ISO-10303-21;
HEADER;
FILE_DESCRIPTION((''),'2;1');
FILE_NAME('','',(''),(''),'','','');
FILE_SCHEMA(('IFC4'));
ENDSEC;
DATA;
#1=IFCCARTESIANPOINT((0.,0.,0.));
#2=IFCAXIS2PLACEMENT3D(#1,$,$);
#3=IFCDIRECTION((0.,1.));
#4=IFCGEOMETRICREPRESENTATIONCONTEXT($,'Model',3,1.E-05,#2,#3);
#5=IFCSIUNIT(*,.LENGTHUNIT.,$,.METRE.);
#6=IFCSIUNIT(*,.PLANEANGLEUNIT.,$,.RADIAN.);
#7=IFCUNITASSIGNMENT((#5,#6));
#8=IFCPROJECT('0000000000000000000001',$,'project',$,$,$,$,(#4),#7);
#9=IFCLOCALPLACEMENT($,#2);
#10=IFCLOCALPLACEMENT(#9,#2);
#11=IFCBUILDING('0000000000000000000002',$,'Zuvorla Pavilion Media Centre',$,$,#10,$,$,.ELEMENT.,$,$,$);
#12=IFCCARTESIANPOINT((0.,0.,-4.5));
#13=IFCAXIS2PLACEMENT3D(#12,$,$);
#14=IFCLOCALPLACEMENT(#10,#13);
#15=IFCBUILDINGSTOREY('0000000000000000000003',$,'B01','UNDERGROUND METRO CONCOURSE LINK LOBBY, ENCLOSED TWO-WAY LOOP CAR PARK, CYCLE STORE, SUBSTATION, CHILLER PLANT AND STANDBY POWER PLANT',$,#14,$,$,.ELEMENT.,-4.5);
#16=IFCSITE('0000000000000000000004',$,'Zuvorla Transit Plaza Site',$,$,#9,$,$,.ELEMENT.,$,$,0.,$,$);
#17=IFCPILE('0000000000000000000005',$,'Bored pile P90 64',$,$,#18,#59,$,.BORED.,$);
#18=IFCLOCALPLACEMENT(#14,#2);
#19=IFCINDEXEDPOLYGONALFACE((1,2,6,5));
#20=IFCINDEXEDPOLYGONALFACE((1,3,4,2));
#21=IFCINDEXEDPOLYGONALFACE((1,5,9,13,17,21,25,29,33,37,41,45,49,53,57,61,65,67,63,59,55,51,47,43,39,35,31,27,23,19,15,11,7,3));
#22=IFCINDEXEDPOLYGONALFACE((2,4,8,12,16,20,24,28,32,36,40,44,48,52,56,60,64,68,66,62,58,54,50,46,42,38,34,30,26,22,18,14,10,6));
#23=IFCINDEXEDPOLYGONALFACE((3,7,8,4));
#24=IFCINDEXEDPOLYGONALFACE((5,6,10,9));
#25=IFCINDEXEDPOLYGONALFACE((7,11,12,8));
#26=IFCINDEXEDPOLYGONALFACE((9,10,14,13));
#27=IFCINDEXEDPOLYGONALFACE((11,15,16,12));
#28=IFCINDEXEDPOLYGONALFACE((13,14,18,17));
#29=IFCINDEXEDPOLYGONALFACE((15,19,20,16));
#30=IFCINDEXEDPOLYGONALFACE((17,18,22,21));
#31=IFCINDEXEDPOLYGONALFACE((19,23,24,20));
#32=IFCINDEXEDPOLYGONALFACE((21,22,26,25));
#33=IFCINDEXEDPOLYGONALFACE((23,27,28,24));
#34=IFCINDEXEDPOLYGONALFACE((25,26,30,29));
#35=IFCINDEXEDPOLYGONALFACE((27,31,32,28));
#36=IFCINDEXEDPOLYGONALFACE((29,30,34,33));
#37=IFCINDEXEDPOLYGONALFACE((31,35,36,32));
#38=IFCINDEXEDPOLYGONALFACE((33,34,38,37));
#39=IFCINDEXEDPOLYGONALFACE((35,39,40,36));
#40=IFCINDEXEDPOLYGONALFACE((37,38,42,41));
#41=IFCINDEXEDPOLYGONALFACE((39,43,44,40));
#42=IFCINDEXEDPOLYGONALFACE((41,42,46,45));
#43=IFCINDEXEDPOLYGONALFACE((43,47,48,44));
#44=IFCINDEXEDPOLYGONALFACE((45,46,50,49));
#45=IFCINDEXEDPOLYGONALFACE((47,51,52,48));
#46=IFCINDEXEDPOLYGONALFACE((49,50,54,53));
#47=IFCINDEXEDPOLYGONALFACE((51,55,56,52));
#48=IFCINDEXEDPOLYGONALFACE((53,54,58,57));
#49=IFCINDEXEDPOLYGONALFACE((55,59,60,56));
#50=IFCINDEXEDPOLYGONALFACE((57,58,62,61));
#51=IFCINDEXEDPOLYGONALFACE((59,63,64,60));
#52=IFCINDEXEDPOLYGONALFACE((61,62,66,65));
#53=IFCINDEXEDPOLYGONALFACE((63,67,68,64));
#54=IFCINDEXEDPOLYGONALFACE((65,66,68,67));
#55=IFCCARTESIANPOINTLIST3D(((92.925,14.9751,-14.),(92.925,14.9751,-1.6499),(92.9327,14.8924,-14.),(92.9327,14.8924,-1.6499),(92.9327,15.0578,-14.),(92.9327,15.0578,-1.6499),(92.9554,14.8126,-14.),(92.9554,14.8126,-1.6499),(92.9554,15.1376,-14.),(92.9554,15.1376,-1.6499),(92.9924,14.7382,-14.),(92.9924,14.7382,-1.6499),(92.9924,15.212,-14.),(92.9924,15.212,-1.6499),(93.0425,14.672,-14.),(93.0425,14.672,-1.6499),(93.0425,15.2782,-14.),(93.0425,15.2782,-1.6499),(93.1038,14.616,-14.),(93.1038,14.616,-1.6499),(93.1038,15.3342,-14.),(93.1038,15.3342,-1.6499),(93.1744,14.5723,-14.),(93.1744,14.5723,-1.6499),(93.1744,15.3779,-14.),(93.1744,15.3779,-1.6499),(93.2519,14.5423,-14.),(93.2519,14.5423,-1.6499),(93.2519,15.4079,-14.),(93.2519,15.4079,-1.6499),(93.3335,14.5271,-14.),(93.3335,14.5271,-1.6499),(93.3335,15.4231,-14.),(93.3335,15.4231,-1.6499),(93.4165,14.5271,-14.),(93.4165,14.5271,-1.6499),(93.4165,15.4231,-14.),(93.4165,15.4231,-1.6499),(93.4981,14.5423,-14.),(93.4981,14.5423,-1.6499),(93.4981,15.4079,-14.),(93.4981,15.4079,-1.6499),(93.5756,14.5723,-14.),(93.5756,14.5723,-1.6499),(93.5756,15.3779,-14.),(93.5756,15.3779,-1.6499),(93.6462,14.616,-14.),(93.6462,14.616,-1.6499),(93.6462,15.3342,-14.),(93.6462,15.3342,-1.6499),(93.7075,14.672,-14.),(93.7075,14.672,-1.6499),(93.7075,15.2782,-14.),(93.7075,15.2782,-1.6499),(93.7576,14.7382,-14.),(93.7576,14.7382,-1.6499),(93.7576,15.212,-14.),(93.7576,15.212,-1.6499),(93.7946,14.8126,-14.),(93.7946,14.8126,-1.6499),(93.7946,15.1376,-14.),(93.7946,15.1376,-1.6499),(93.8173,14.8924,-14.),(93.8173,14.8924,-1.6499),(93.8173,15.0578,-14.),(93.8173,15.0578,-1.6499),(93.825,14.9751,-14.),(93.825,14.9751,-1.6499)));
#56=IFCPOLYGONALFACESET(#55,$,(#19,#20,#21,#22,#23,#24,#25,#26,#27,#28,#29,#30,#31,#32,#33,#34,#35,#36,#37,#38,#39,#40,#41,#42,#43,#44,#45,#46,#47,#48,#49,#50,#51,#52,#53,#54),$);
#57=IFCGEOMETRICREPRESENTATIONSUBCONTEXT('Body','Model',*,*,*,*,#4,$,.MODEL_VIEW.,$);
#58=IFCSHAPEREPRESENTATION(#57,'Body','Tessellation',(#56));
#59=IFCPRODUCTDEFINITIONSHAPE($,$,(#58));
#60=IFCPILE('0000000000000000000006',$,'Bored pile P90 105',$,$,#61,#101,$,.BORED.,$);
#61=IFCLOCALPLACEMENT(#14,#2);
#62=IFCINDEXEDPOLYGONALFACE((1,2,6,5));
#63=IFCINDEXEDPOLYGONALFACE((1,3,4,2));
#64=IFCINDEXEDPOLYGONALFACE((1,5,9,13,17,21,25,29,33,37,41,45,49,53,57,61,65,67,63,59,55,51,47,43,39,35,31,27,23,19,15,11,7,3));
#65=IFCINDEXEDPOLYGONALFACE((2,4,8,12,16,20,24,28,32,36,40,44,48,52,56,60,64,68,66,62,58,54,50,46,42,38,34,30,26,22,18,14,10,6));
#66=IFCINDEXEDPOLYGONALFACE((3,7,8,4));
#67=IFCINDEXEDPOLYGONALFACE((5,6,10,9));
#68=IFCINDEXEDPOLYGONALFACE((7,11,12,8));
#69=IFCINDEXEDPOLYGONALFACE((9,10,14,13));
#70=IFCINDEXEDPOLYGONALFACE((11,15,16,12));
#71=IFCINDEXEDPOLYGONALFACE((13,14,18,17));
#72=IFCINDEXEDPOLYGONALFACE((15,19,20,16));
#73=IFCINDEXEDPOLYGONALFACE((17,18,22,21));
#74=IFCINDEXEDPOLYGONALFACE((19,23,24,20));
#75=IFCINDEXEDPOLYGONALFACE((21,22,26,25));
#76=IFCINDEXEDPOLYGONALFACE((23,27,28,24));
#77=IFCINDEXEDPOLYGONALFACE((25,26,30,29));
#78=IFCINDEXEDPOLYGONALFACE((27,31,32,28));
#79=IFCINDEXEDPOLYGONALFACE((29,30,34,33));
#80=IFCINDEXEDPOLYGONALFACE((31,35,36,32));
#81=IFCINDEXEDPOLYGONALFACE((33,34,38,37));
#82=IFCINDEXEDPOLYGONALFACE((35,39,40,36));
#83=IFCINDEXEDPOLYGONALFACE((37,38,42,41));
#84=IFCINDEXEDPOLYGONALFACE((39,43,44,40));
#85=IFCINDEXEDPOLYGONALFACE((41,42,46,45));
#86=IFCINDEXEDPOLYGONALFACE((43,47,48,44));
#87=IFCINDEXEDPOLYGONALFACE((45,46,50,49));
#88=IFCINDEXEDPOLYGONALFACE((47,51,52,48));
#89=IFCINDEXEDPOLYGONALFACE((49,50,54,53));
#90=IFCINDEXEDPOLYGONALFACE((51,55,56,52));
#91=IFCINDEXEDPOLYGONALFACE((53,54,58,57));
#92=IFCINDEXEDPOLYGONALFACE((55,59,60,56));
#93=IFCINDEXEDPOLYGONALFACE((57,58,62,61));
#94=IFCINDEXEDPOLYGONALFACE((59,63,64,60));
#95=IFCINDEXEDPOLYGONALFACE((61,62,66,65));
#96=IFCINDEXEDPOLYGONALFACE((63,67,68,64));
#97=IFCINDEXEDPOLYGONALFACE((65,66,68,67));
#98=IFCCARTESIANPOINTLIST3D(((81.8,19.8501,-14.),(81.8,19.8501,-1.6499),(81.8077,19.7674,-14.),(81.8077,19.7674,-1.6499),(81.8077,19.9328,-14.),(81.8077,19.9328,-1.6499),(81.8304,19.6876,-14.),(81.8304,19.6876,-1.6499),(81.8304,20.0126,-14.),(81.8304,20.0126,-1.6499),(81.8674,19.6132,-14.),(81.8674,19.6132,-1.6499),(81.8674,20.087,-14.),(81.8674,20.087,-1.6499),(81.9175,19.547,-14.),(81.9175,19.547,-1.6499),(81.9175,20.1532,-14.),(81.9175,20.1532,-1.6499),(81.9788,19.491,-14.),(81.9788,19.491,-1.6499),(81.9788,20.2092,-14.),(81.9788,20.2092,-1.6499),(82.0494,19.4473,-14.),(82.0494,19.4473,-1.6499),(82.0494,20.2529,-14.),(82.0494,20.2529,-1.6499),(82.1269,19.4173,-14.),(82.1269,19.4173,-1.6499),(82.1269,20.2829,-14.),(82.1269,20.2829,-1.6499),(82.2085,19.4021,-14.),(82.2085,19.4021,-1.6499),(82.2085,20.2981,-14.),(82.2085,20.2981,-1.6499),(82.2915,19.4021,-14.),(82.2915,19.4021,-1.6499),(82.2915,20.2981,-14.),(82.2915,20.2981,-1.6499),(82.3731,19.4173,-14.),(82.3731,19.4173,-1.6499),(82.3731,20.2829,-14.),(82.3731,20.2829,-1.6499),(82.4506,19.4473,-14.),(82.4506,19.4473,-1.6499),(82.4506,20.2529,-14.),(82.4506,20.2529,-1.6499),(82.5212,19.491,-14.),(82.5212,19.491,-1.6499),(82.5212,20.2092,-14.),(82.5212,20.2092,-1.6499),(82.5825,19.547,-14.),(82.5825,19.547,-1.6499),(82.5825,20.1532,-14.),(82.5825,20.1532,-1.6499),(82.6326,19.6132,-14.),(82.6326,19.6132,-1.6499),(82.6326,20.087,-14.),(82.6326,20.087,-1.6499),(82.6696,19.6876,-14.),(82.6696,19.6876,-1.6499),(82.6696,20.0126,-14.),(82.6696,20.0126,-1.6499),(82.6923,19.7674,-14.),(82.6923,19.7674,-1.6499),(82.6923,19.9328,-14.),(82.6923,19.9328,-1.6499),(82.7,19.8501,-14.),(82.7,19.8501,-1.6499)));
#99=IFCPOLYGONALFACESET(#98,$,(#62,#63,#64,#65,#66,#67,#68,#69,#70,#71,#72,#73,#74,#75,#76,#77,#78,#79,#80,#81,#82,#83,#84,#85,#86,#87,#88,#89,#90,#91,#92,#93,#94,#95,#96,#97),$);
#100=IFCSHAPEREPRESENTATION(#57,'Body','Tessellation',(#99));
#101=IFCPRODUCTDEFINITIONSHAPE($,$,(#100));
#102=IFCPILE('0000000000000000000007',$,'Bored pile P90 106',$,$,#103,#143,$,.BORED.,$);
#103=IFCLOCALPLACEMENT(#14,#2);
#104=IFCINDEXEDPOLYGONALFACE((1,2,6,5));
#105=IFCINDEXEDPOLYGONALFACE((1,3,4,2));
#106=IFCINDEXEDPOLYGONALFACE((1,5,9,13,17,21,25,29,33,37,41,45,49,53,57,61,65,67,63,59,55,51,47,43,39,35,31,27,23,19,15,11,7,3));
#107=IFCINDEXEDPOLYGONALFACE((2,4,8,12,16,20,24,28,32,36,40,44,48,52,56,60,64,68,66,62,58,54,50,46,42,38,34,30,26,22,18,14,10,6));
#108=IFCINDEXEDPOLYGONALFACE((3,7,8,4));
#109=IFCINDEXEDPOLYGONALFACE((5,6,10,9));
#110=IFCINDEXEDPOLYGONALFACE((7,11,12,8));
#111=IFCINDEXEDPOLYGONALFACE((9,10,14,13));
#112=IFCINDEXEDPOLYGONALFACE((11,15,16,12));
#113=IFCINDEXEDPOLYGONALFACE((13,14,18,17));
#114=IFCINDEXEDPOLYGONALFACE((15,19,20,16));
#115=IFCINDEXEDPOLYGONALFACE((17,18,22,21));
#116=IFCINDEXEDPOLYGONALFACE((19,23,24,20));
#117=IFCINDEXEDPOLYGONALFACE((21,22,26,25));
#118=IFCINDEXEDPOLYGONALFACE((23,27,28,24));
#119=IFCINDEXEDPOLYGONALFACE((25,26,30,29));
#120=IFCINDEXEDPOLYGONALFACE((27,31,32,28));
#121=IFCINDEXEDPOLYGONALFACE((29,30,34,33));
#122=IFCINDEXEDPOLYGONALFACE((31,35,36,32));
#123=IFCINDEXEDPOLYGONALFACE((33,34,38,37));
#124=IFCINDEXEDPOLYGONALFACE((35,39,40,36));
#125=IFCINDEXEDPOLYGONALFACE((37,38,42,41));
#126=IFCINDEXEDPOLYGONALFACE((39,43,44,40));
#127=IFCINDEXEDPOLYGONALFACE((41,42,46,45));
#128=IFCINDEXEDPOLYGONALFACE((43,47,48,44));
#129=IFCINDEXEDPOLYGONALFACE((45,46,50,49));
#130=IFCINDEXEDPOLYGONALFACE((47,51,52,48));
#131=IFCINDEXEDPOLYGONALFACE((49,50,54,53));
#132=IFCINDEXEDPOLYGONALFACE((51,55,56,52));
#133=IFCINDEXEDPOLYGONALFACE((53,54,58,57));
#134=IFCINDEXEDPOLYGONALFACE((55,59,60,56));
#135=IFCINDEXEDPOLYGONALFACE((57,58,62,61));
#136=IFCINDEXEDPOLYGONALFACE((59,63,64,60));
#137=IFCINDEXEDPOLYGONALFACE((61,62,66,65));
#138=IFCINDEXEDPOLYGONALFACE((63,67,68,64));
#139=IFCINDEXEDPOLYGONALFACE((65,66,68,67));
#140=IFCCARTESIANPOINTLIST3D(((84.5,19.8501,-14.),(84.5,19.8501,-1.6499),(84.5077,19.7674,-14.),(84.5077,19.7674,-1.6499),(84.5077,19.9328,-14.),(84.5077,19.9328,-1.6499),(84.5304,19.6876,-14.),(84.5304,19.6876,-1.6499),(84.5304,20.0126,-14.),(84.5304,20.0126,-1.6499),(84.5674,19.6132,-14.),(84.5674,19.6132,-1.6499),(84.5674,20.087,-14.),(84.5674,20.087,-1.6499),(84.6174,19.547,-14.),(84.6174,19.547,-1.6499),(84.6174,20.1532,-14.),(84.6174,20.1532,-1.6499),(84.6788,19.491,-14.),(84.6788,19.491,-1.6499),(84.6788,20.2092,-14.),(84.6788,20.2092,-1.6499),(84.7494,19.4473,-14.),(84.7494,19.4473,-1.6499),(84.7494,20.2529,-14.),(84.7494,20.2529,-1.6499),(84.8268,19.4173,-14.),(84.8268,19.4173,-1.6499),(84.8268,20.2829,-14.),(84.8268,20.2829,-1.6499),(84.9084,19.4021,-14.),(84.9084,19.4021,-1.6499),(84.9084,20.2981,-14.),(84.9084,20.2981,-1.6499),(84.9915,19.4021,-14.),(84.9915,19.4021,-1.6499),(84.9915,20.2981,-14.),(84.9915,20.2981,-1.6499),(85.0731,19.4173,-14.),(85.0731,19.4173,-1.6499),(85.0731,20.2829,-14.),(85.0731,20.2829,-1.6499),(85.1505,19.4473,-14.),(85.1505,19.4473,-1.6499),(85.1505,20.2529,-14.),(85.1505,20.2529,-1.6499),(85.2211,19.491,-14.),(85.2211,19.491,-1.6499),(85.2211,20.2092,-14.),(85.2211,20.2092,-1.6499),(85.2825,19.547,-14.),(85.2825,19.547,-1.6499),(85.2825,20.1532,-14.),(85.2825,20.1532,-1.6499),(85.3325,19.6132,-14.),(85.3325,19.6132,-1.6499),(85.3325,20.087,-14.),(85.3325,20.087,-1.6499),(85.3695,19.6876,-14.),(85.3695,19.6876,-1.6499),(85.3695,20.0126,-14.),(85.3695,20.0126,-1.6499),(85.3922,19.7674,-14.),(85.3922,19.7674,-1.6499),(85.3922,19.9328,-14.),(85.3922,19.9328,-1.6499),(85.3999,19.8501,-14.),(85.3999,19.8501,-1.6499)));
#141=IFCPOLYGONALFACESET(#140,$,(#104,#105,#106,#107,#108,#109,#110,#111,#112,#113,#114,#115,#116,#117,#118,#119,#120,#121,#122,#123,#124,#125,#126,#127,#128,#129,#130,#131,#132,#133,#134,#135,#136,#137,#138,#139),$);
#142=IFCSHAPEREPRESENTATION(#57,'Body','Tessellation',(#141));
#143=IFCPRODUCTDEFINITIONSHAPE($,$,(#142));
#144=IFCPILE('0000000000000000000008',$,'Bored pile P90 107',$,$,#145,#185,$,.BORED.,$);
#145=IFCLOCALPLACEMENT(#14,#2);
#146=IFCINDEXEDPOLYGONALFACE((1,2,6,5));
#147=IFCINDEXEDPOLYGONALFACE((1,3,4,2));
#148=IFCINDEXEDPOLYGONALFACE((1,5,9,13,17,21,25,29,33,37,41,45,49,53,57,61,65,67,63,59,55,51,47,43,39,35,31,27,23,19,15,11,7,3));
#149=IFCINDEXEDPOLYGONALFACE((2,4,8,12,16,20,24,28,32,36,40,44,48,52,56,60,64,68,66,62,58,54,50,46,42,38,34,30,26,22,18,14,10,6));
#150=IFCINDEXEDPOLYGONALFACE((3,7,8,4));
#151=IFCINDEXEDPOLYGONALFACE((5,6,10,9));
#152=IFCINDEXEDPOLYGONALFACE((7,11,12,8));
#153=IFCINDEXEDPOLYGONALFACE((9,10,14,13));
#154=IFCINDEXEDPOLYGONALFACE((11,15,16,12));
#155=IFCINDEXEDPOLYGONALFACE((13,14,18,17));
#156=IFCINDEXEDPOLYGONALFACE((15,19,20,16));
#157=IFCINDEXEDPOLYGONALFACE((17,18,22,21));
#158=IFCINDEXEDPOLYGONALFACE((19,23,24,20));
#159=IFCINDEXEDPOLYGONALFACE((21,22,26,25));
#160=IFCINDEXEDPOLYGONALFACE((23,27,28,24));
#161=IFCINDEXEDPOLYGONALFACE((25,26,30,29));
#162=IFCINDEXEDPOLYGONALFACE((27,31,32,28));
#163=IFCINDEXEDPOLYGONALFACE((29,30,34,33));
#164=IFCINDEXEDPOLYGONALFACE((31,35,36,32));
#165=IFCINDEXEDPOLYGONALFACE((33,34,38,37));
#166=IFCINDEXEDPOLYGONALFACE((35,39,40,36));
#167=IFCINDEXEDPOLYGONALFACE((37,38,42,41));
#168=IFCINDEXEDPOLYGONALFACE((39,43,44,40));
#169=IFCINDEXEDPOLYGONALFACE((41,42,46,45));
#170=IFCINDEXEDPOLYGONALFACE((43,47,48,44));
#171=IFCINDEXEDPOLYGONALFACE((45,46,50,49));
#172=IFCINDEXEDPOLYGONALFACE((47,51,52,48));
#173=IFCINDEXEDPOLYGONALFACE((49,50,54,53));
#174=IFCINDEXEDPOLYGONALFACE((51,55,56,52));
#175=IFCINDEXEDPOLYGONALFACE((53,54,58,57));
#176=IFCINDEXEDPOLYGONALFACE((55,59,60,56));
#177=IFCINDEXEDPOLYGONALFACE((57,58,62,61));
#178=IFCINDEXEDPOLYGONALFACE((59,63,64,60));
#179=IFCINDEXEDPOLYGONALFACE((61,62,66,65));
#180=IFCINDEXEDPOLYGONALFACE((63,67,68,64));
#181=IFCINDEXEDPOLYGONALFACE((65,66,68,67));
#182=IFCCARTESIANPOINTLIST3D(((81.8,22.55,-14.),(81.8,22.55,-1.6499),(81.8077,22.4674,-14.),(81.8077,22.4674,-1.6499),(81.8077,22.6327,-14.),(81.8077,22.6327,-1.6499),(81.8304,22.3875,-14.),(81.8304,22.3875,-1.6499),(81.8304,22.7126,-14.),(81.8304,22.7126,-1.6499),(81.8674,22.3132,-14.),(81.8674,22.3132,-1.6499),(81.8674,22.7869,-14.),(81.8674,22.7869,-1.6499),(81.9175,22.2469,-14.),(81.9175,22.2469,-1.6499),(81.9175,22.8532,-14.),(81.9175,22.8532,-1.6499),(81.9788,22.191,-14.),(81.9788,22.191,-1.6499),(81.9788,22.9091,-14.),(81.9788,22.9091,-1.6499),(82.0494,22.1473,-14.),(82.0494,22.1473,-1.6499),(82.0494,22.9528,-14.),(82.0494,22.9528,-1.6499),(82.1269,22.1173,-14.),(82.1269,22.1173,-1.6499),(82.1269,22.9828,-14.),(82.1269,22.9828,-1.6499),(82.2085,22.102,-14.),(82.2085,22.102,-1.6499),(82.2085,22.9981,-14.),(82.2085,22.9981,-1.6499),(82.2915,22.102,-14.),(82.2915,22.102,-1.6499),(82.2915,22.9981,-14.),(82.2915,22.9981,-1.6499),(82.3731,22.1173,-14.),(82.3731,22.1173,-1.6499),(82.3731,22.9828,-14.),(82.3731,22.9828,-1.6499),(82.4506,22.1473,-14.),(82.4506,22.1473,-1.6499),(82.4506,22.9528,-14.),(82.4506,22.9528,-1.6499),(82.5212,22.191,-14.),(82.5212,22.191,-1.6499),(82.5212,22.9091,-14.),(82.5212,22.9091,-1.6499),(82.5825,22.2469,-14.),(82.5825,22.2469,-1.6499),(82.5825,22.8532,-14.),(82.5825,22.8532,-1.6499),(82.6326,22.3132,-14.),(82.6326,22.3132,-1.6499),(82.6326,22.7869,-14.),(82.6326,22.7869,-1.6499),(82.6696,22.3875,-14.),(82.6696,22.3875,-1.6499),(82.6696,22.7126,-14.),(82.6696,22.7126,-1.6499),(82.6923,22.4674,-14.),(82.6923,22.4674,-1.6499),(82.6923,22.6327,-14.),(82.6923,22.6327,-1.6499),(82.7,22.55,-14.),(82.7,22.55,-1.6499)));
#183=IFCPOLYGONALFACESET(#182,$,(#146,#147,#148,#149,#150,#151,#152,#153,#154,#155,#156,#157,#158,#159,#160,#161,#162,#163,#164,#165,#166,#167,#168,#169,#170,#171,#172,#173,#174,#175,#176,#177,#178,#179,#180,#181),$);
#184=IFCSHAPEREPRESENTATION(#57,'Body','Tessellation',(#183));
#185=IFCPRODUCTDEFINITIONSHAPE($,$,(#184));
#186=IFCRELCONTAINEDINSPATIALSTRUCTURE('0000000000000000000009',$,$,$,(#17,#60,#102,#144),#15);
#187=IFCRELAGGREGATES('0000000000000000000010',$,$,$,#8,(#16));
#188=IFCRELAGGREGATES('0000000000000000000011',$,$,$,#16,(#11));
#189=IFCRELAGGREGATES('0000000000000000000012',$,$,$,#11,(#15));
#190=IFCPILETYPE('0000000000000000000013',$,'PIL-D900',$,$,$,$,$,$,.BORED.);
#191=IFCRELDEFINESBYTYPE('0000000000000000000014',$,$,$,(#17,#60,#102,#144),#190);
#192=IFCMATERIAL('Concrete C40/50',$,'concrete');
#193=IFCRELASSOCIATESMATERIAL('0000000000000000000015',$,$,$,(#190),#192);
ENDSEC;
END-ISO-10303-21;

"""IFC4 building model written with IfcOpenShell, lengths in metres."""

from ifc_helpers import new_model, si_unit, direction, frame, origin, origin_2d, place, context, subcontext, project, spatial, circle, extrude, material, material_profile, profile_set, type_object, element, save


model = new_model("IFC4")

# Units and contexts
model_context = context("Model", 3, precision=1e-05, world=origin(), true_north=direction((0.0, 1.0)))
body_context = subcontext(model_context, "Body", "Model", "MODEL_VIEW")
ifc_project = project(units=[si_unit("LENGTHUNIT", "METRE"), si_unit("PLANEANGLEUNIT", "RADIAN")], contexts=[model_context])

# Site, building, storey
site_placement = place(None, origin())
site = spatial("IfcSite", under=ifc_project, at=site_placement, Name="Zuvorla Transit Plaza Site", CompositionType="ELEMENT", RefElevation=0.0)
building_placement = place(site_placement, origin())
building = spatial("IfcBuilding", under=site, at=building_placement, Name="Zuvorla Pavilion Media Centre", CompositionType="ELEMENT")
storey_placement = place(building_placement, frame((0.0, 0.0, -4.5)))
storey = spatial("IfcBuildingStorey", under=building, at=storey_placement, Name="B01", Description="UNDERGROUND METRO CONCOURSE LINK LOBBY, ENCLOSED TWO-WAY LOOP CAR PARK, CYCLE STORE, SUBSTATION, CHILLER PLANT AND STANDBY POWER PLANT", CompositionType="ELEMENT", Elevation=-4.5)

# Shared definitions
ifc_material_1 = material(Name="Concrete C40/50", Category="concrete")

# Piles
ifc_material_profile_1 = material_profile(ifc_material_1, circle(Radius=0.45, at=origin_2d()), Name="BORED PILE 900")
ifc_profile_set_1 = profile_set([ifc_material_profile_1], Name="Concrete C40/50")
pile_type = type_object("IfcPileType", Name="PIL-D900", PredefinedType="BORED", material=ifc_profile_set_1)
for number, where, z_axis, x_axis, name in (
    (1, (93.375, 14.9751, -1.6499), (0.0, 0.0, -1.0), (1.0, 0.0, 0.0), "Bored pile P90 64"),
    (2, (82.25, 19.8501, -1.6499), (0.0, 0.0, -1.0), (1.0, 0.0, 0.0), "Bored pile P90 105"),
    (3, (84.95, 19.8501, -1.6499), (0.0, 0.0, -1.0), (1.0, 0.0, 0.0), "Bored pile P90 106"),
    (4, (82.25, 22.55, -1.6499), (0.0, 0.0, -1.0), (1.0, 0.0, 0.0), "Bored pile P90 107"),
):
    element("IfcPile", number, at=place(storey_placement, frame(where, z_axis=z_axis, x_axis=x_axis)), inside=storey, type_object=pile_type, Name=name, PredefinedType="BORED", context=body_context, shape_type="SweptSolid", body=[
        extrude(circle(Radius=0.45, at=origin_2d()), origin(), (0.0, 0.0, 1.0), 12.3501),
    ])

save(model, "model.ifc")
